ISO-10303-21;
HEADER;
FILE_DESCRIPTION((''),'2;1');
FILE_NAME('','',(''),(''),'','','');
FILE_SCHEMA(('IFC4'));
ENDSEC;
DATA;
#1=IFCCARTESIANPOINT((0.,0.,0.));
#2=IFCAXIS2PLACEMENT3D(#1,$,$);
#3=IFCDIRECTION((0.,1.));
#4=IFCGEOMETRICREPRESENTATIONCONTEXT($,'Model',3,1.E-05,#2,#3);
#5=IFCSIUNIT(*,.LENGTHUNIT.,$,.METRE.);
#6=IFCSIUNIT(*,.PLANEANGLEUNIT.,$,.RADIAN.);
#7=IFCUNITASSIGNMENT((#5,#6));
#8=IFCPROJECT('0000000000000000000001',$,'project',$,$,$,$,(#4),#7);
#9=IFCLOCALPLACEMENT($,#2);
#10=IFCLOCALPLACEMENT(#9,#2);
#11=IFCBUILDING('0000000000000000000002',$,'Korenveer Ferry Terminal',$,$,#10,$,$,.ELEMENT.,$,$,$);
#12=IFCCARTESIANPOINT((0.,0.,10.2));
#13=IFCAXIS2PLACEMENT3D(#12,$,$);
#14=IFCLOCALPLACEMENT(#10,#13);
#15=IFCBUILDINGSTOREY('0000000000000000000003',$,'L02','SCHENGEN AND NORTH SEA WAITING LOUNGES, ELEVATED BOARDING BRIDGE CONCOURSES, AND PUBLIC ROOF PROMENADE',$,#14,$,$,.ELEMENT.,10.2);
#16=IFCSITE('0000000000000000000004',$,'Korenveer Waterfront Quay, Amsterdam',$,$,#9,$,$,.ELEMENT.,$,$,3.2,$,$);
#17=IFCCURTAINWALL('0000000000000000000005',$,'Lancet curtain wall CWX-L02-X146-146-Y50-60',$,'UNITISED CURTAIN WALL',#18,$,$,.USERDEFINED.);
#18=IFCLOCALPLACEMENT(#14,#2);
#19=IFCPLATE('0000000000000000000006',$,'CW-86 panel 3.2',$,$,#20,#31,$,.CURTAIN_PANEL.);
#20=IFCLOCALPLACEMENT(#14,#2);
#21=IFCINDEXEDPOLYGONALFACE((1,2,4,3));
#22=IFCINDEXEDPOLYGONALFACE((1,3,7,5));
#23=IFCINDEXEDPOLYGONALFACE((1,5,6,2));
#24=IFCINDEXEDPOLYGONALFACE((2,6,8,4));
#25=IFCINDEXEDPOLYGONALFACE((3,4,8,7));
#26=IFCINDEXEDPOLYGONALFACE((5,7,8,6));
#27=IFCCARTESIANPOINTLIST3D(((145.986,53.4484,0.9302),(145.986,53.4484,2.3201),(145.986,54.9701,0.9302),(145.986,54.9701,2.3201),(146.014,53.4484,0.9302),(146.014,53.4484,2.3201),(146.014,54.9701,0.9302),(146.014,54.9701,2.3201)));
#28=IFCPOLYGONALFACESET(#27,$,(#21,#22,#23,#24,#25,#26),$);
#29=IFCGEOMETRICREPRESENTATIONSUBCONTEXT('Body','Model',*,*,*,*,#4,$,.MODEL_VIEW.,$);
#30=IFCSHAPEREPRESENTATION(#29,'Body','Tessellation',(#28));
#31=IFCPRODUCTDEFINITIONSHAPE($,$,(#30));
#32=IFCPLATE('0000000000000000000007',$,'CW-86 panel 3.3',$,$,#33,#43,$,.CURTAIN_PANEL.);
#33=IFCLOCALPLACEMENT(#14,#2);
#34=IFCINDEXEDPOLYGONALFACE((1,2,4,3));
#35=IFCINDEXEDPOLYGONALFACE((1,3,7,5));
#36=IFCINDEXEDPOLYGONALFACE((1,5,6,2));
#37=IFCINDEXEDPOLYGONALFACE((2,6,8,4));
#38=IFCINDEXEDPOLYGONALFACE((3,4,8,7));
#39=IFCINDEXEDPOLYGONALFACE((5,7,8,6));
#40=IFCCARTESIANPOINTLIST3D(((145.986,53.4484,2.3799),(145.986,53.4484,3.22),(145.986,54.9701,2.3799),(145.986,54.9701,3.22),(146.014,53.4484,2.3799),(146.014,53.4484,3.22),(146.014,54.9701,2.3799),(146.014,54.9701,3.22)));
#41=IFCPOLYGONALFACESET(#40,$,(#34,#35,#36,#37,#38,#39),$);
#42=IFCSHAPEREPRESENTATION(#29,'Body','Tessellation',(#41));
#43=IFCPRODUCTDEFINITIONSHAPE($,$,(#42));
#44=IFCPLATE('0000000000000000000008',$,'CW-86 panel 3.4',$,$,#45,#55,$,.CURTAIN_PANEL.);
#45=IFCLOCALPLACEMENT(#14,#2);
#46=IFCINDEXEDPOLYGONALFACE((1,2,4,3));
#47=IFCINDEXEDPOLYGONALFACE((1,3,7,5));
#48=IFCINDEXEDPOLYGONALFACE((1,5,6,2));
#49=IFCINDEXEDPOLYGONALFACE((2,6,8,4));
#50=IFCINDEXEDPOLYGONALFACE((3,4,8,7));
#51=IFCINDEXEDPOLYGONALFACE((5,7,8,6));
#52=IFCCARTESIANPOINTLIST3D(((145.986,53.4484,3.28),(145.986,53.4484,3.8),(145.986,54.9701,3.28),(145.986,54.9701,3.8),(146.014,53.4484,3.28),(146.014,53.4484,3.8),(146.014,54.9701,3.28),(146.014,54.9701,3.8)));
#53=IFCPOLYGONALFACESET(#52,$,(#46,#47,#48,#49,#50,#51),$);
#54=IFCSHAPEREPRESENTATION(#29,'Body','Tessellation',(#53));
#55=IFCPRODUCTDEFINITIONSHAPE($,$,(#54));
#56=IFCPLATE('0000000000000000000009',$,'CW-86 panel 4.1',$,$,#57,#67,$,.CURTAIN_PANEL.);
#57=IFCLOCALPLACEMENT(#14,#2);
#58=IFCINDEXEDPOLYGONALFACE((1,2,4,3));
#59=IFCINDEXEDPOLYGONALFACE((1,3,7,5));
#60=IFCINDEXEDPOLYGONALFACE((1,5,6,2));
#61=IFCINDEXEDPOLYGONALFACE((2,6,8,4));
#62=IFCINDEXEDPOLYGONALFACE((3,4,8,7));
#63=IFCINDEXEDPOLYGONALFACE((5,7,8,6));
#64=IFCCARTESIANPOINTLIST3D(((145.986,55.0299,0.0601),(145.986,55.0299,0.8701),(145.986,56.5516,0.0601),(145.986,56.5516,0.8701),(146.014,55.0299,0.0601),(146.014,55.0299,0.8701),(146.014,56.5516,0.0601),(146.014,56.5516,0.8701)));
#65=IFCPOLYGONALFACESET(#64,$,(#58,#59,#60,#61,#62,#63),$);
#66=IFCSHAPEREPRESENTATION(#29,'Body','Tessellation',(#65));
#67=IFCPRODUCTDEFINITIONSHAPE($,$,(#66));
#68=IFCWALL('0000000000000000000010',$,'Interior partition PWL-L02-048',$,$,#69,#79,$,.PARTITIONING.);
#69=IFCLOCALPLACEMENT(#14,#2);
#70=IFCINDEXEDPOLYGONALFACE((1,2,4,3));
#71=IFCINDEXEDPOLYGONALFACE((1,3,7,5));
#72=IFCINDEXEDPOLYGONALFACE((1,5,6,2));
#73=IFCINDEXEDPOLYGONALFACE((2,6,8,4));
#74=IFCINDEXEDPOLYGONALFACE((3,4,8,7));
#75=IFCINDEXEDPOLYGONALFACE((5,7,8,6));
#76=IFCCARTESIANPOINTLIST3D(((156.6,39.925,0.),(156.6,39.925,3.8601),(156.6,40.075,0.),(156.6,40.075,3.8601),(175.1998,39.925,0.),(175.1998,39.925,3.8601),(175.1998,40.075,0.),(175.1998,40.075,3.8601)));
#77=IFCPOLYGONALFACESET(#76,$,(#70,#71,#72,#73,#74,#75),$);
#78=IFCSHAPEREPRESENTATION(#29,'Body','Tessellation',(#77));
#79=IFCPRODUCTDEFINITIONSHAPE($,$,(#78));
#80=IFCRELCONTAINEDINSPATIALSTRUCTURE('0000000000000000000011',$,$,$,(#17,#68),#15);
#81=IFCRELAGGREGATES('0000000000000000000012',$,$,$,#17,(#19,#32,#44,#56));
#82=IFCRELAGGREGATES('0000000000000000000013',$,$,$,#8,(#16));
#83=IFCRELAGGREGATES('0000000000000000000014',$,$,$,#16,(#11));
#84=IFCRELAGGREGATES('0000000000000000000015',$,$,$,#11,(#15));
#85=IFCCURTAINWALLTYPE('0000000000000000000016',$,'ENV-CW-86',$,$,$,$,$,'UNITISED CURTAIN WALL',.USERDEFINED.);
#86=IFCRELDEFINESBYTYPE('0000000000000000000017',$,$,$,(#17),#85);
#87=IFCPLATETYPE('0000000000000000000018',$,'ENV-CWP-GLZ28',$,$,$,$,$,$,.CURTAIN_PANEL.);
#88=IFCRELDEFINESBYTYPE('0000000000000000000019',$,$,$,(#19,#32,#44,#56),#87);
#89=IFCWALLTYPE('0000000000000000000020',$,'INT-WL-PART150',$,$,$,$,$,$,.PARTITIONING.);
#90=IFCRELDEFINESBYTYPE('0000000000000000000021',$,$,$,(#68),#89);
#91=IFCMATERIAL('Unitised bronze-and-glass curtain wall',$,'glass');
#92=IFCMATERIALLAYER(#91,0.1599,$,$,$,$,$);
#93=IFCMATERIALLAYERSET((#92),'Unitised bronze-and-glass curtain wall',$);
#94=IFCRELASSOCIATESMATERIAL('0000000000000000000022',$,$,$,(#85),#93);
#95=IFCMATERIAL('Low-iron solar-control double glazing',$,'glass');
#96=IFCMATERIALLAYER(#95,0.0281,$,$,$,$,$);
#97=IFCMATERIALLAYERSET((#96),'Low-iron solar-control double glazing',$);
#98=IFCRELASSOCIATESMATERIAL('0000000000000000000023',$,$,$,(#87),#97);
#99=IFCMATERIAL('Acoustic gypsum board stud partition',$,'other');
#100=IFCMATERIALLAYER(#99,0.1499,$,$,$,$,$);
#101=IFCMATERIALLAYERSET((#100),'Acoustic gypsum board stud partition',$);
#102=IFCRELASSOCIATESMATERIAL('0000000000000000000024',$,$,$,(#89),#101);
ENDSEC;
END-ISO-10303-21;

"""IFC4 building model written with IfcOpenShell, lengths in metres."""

from ifc_helpers import new_model, si_unit, direction, frame, frame_2d, origin, origin_2d, place, context, subcontext, project, spatial, rectangle, extrude, material, layer, layer_set, type_object, element, aggregate, save


model = new_model("IFC4")

# Units and contexts
model_context = context("Model", 3, precision=1e-05, world=origin(), true_north=direction((0.0, 1.0)))
body_context = subcontext(model_context, "Body", "Model", "MODEL_VIEW")
ifc_project = project(units=[si_unit("LENGTHUNIT", "METRE"), si_unit("PLANEANGLEUNIT", "RADIAN")], contexts=[model_context])

# Site, building, storey
site_placement = place(None, origin())
site = spatial("IfcSite", under=ifc_project, at=site_placement, Name="Korenveer Waterfront Quay, Amsterdam", CompositionType="ELEMENT", RefElevation=3.2)
building_placement = place(site_placement, origin())
building = spatial("IfcBuilding", under=site, at=building_placement, Name="Korenveer Ferry Terminal", CompositionType="ELEMENT")
storey_placement = place(building_placement, frame((0.0, 0.0, 10.2)))
storey = spatial("IfcBuildingStorey", under=building, at=storey_placement, Name="L02", Description="SCHENGEN AND NORTH SEA WAITING LOUNGES, ELEVATED BOARDING BRIDGE CONCOURSES, AND PUBLIC ROOF PROMENADE", CompositionType="ELEMENT", Elevation=10.2)

# Curtain wall, plates
ifc_material_1 = material(Name="Unitised bronze-and-glass curtain wall", Category="glass")
ifc_layer_1 = layer(ifc_material_1, 0.1599)
ifc_layer_set_1 = layer_set([ifc_layer_1], Name="Unitised bronze-and-glass curtain wall")
curtain_wall_type = type_object("IfcCurtainWallType", Name="ENV-CW-86", ElementType="UNITISED CURTAIN WALL", PredefinedType="USERDEFINED", material=ifc_layer_set_1)
curtain_wall_placement = place(storey_placement, frame((146.0, 50.2549, 0.0)))
curtain_wall = element("IfcCurtainWall", 1, at=curtain_wall_placement, inside=storey, type_object=curtain_wall_type, Name="Lancet curtain wall CWX-L02-X146-146-Y50-60", ObjectType="UNITISED CURTAIN WALL", PredefinedType="USERDEFINED")
ifc_material_2 = material(Name="Low-iron solar-control double glazing", Category="glass")
ifc_layer_2 = layer(ifc_material_2, 0.0281)
ifc_layer_set_2 = layer_set([ifc_layer_2], Name="Low-iron solar-control double glazing")
plate_type = type_object("IfcPlateType", Name="ENV-CWP-GLZ28", PredefinedType="CURTAIN_PANEL", material=ifc_layer_set_2)
plate_1_placement = place(storey_placement, frame((146.0, 54.2092, 0.9302), z_axis=(0.0, 0.0, 1.0), x_axis=(0.0, 1.0, 0.0)))
plate_1 = element("IfcPlate", 2, at=plate_1_placement, type_object=plate_type, Name="CW-86 panel 3.2", PredefinedType="CURTAIN_PANEL", context=body_context, shape_type="SweptSolid", body=[
    extrude(rectangle(XDim=1.5217, YDim=0.0281, at=origin_2d()), origin(), (0.0, 0.0, 1.0), 1.3899),
])
plate_2_placement = place(storey_placement, frame((146.0, 54.2092, 2.3799), z_axis=(0.0, 0.0, 1.0), x_axis=(0.0, 1.0, 0.0)))
plate_2 = element("IfcPlate", 3, at=plate_2_placement, type_object=plate_type, Name="CW-86 panel 3.3", PredefinedType="CURTAIN_PANEL", context=body_context, shape_type="SweptSolid", body=[
    extrude(rectangle(XDim=1.5217, YDim=0.0281, at=origin_2d()), origin(), (0.0, 0.0, 1.0), 0.8401),
])
plate_3_placement = place(storey_placement, frame((146.0, 54.2092, 3.28), z_axis=(0.0, 0.0, 1.0), x_axis=(0.0, 1.0, 0.0)))
plate_3 = element("IfcPlate", 4, at=plate_3_placement, type_object=plate_type, Name="CW-86 panel 3.4", PredefinedType="CURTAIN_PANEL", context=body_context, shape_type="SweptSolid", body=[
    extrude(rectangle(XDim=1.5217, YDim=0.0281, at=origin_2d()), origin(), (0.0, 0.0, 1.0), 0.52),
])
plate_4_placement = place(storey_placement, frame((146.0, 55.7908, 0.0601), z_axis=(0.0, 0.0, 1.0), x_axis=(0.0, 1.0, 0.0)))
plate_4 = element("IfcPlate", 5, at=plate_4_placement, type_object=plate_type, Name="CW-86 panel 4.1", PredefinedType="CURTAIN_PANEL", context=body_context, shape_type="SweptSolid", body=[
    extrude(rectangle(XDim=1.5217, YDim=0.0281, at=origin_2d()), origin(), (0.0, 0.0, 1.0), 0.8101),
])
aggregate(curtain_wall, [plate_1, plate_2, plate_3, plate_4])

# Wall
ifc_material_3 = material(Name="Acoustic gypsum board stud partition", Category="other")
ifc_layer_3 = layer(ifc_material_3, 0.1499)
ifc_layer_set_3 = layer_set([ifc_layer_3], Name="Acoustic gypsum board stud partition")
wall_type = type_object("IfcWallType", Name="INT-WL-PART150", PredefinedType="PARTITIONING", material=ifc_layer_set_3)
wall_placement = place(storey_placement, frame((156.6001, 40.0, 0.0), z_axis=(0.0, 0.0, 1.0), x_axis=(1.0, 0.0, 0.0)))
element("IfcWall", 6, at=wall_placement, inside=storey, type_object=wall_type, Name="Interior partition PWL-L02-048", PredefinedType="PARTITIONING", context=body_context, shape_type="SweptSolid", body=[
    extrude(rectangle(XDim=18.5999, YDim=0.1499, at=frame_2d((9.2998, 0.0))), origin(), (0.0, 0.0, 1.0), 3.8601),
])

save(model, "model.ifc")
